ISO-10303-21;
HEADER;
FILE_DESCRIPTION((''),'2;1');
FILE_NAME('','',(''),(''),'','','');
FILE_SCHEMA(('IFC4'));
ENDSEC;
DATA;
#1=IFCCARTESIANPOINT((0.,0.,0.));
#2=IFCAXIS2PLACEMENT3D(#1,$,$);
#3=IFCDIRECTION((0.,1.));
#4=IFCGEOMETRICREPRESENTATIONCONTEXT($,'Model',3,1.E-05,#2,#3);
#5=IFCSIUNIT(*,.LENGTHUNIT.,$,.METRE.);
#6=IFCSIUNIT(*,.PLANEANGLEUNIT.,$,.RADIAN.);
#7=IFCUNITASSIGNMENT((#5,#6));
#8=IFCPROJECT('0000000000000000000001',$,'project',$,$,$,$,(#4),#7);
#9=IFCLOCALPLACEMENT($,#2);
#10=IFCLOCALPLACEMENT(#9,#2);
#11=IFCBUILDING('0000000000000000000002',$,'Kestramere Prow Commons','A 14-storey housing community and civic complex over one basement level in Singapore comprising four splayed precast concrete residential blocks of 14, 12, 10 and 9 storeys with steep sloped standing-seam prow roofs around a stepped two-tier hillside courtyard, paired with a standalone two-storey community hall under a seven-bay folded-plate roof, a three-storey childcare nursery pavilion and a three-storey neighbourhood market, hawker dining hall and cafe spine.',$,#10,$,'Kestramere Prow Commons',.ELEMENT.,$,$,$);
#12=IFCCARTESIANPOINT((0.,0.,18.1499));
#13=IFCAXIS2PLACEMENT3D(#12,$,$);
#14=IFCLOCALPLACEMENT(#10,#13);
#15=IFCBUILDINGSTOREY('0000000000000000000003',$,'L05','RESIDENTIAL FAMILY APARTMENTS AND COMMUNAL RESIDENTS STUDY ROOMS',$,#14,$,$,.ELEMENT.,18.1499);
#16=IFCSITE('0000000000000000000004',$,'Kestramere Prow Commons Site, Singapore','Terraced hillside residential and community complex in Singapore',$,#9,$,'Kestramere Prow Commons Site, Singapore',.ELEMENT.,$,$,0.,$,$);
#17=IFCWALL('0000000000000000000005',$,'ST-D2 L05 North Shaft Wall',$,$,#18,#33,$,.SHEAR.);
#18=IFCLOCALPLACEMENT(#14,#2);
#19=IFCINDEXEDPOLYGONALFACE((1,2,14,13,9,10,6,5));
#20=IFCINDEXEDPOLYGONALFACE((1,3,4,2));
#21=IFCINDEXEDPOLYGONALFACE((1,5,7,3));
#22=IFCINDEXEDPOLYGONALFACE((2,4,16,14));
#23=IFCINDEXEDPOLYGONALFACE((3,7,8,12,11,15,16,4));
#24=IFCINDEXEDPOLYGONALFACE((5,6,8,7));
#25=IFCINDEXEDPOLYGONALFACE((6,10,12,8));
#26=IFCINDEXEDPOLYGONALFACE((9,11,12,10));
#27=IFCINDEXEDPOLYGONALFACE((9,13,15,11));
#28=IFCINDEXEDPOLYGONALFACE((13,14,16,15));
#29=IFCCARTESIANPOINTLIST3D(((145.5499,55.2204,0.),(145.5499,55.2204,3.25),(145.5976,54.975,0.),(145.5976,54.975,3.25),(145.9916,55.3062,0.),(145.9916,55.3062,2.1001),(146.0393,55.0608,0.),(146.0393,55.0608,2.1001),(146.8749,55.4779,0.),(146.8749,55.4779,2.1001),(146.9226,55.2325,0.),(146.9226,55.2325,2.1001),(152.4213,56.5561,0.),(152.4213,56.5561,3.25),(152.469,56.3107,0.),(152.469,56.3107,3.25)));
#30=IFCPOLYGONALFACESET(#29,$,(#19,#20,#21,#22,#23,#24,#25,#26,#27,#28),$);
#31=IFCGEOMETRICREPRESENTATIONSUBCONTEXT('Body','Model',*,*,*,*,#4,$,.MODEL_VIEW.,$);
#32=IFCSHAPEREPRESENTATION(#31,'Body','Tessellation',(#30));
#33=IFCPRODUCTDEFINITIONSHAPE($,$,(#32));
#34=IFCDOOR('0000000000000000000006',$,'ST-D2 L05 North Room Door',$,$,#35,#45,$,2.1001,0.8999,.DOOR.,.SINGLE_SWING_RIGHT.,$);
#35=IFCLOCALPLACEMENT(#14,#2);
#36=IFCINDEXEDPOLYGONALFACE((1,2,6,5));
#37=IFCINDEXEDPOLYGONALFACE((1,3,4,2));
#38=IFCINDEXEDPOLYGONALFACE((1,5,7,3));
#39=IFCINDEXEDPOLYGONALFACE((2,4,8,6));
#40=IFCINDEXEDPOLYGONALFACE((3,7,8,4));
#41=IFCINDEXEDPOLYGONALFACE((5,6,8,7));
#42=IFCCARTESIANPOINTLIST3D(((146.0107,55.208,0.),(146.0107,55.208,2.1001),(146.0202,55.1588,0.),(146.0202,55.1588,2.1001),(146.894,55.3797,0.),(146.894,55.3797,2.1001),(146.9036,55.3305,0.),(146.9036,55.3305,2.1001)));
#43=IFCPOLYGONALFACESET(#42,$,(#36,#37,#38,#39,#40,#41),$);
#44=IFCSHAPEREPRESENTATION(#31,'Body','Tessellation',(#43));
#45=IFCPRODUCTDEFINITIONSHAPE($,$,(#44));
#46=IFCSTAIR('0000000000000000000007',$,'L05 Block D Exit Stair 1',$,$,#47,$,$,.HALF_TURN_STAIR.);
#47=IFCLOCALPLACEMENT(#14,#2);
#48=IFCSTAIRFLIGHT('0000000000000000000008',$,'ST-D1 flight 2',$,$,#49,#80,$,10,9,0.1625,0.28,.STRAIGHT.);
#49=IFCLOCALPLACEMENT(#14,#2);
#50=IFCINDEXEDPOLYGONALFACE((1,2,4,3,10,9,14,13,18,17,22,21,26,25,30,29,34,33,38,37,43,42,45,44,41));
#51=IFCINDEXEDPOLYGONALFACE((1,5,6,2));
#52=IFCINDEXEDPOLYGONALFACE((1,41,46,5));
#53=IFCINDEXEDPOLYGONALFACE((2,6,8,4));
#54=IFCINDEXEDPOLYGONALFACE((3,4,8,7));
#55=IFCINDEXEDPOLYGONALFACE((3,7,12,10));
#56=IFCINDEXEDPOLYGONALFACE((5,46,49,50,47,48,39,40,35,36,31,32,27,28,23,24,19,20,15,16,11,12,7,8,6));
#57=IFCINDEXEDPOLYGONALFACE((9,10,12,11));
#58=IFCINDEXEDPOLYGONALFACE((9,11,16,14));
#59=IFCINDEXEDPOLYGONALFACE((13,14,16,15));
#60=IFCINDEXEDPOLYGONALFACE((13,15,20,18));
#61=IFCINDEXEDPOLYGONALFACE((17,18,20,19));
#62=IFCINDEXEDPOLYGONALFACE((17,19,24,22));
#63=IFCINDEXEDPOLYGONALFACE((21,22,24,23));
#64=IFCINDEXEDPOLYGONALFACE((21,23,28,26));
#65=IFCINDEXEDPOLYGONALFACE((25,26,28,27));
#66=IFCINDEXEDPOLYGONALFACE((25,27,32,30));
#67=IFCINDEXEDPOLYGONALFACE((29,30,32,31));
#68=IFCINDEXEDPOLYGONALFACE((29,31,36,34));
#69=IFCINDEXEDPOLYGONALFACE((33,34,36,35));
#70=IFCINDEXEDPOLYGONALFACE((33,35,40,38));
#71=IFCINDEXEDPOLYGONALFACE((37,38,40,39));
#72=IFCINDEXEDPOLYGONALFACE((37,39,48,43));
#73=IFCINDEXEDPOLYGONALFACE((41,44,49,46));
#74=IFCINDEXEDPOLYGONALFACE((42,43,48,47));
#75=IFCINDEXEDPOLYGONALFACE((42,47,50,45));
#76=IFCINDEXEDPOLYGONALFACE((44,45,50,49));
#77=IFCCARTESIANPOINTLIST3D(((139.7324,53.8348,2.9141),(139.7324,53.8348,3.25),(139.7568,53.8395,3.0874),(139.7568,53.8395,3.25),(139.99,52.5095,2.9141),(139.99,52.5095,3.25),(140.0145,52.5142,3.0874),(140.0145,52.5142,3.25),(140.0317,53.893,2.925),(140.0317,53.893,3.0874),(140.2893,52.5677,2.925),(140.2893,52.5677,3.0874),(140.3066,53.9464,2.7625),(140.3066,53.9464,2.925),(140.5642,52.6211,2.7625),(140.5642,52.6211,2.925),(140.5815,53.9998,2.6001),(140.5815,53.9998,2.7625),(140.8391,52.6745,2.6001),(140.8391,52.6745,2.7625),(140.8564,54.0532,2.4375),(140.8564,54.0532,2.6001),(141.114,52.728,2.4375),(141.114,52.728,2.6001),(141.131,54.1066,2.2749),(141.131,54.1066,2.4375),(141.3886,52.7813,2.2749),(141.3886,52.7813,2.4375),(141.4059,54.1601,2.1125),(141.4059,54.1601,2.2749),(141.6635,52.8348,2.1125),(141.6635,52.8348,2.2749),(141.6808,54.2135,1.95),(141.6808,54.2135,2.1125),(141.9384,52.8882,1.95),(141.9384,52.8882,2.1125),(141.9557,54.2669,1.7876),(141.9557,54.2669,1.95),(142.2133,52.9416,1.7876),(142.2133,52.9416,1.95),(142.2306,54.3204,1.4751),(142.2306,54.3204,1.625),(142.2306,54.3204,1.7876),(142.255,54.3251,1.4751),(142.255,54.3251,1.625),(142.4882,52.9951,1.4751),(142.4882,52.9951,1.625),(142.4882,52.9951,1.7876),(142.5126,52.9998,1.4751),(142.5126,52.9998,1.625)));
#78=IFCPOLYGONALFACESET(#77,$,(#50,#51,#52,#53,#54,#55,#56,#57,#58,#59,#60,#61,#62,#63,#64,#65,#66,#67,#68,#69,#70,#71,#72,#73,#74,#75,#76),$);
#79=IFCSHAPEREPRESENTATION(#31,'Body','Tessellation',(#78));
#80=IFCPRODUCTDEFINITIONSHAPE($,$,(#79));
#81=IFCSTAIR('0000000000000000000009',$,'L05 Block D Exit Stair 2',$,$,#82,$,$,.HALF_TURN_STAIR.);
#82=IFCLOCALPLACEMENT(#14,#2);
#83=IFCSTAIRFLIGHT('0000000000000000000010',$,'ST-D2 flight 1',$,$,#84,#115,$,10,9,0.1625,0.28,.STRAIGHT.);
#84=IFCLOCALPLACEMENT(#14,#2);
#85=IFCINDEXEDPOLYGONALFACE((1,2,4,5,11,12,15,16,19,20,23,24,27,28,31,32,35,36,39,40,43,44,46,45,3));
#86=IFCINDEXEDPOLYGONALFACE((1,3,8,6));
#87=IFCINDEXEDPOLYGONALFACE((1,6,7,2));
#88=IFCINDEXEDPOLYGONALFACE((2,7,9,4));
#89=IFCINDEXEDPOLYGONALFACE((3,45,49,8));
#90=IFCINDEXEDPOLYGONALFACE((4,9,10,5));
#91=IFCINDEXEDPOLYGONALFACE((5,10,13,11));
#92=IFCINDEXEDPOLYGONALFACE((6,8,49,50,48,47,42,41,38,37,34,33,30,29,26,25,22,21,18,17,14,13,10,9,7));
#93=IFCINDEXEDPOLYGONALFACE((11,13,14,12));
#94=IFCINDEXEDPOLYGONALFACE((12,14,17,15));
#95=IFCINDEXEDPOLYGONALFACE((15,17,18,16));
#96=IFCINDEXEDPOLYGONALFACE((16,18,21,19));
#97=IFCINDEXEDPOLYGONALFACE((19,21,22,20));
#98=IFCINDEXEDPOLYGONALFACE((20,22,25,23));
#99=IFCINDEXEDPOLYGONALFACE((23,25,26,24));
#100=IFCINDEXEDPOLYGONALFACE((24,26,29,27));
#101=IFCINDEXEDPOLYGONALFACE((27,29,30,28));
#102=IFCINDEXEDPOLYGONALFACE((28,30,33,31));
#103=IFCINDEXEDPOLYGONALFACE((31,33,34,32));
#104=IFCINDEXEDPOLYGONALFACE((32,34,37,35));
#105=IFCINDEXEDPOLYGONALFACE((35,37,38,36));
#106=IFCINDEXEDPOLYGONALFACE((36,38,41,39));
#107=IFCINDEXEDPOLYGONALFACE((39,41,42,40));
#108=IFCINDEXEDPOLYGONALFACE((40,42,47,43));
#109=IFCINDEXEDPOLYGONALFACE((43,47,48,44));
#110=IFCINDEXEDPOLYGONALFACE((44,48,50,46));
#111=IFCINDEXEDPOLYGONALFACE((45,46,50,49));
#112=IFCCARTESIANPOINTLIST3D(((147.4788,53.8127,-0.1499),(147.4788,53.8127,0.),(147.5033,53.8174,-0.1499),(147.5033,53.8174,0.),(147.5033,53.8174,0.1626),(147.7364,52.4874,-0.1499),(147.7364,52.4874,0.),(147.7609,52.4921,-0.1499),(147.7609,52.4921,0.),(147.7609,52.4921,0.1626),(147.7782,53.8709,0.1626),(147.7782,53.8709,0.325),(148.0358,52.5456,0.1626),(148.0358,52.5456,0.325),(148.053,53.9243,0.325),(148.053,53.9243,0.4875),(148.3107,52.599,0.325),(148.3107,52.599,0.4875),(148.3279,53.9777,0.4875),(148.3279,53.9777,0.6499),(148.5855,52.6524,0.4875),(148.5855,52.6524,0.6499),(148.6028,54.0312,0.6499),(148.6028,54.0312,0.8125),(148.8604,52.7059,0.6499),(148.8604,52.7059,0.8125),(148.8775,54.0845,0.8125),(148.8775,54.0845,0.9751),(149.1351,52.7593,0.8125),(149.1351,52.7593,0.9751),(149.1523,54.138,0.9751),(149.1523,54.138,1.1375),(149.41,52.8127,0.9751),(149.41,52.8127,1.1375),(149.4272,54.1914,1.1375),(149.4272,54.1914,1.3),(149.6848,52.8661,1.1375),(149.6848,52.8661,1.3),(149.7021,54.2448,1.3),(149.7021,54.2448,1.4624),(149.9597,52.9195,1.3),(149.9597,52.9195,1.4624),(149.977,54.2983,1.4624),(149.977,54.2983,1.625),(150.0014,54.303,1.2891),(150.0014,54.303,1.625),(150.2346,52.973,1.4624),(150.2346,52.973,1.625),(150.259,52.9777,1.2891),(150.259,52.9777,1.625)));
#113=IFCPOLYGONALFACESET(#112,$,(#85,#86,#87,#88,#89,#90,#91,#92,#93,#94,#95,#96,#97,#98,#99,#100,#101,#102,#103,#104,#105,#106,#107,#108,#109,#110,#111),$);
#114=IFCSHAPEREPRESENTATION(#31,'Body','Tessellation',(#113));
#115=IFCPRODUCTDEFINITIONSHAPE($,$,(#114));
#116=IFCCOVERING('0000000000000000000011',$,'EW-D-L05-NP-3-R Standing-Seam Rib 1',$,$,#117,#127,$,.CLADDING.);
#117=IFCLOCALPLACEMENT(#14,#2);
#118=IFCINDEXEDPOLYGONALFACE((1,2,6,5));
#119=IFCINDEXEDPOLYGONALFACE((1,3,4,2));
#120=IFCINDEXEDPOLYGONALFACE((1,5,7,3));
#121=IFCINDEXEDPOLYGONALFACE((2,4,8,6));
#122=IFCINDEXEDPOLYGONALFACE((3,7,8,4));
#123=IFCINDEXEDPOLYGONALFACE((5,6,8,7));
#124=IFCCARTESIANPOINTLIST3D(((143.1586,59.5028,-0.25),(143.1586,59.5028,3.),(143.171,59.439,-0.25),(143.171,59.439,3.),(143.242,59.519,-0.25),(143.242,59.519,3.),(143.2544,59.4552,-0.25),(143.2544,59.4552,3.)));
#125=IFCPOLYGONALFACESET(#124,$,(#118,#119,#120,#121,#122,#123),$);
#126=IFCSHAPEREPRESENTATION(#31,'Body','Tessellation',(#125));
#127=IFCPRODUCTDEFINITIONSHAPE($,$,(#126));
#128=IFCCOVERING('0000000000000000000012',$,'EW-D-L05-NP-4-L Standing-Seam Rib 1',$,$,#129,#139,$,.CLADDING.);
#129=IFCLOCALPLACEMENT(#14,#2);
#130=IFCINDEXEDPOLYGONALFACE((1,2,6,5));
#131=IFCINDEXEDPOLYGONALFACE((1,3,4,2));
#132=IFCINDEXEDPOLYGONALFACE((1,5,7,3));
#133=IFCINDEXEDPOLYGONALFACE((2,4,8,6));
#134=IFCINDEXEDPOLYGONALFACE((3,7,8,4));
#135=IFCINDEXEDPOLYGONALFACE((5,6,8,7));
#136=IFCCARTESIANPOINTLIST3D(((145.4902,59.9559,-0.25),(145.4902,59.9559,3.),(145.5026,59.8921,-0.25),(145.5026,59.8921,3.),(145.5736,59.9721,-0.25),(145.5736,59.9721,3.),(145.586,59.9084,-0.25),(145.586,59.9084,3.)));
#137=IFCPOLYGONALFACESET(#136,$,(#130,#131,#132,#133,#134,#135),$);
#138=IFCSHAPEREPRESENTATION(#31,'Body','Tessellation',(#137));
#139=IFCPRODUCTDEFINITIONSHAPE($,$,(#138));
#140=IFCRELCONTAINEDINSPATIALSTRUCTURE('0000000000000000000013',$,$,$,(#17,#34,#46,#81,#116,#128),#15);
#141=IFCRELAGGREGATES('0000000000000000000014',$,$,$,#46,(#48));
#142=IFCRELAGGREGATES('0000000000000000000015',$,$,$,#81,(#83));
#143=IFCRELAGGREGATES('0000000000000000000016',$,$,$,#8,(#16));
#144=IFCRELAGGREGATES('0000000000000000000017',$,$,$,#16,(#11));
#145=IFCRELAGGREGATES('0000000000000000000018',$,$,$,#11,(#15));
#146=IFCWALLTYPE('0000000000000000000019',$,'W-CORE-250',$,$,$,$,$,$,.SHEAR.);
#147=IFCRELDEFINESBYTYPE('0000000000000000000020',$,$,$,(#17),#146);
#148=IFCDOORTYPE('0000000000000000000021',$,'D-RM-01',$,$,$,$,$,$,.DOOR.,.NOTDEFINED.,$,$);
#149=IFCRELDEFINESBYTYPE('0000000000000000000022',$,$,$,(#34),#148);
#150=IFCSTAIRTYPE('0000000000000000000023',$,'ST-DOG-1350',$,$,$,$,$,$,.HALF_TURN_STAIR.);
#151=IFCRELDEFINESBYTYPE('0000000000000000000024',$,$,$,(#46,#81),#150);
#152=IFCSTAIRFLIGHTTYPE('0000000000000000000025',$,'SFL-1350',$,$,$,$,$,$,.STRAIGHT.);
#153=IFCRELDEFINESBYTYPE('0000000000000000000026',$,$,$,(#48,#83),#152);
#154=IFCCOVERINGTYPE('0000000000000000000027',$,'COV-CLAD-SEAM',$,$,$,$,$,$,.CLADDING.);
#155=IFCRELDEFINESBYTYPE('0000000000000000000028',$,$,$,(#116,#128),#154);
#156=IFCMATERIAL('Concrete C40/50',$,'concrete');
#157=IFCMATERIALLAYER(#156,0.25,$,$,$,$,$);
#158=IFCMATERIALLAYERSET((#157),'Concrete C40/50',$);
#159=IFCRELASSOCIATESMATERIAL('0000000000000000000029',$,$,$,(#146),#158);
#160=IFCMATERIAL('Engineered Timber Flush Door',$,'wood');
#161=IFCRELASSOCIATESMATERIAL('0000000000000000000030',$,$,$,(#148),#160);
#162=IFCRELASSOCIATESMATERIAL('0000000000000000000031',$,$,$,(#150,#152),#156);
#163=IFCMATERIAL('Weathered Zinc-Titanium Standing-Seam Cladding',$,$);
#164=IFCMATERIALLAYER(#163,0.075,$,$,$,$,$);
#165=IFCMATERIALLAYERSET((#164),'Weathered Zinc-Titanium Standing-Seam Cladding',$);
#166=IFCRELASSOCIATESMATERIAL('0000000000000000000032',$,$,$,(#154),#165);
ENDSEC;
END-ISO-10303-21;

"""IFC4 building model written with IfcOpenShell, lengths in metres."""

from ifc_helpers import new_model, si_unit, direction, frame, frame_2d, origin, origin_2d, place, context, subcontext, project, spatial, polyline, rectangle, outline, extrude, material, layer, layer_set, type_object, element, fill, aggregate, save


model = new_model("IFC4")

# Units and contexts
model_context = context("Model", 3, precision=1e-05, world=origin(), true_north=direction((0.0, 1.0)))
body_context = subcontext(model_context, "Body", "Model", "MODEL_VIEW")
ifc_project = project(units=[si_unit("LENGTHUNIT", "METRE"), si_unit("PLANEANGLEUNIT", "RADIAN")], contexts=[model_context])

# Site, building, storey
site_placement = place(None, origin())
site = spatial("IfcSite", under=ifc_project, at=site_placement, Name="Kestramere Prow Commons Site, Singapore", Description="Terraced hillside residential and community complex in Singapore", LongName="Kestramere Prow Commons Site, Singapore", CompositionType="ELEMENT", RefElevation=0.0)
building_placement = place(site_placement, origin())
building = spatial("IfcBuilding", under=site, at=building_placement, Name="Kestramere Prow Commons", Description="A 14-storey housing community and civic complex over one basement level in Singapore comprising four splayed precast concrete residential blocks of 14, 12, 10 and 9 storeys with steep sloped standing-seam prow roofs around a stepped two-tier hillside courtyard, paired with a standalone two-storey community hall under a seven-bay folded-plate roof, a three-storey childcare nursery pavilion and a three-storey neighbourhood market, hawker dining hall and cafe spine.", LongName="Kestramere Prow Commons", CompositionType="ELEMENT")
storey_placement = place(building_placement, frame((0.0, 0.0, 18.1499)))
storey = spatial("IfcBuildingStorey", under=building, at=storey_placement, Name="L05", Description="RESIDENTIAL FAMILY APARTMENTS AND COMMUNAL RESIDENTS STUDY ROOMS", CompositionType="ELEMENT", Elevation=18.1499)

# Wall, opening, door
ifc_material_1 = material(Name="Concrete C40/50", Category="concrete")
ifc_layer_1 = layer(ifc_material_1, 0.25)
ifc_layer_set_1 = layer_set([ifc_layer_1], Name="Concrete C40/50")
wall_type_1 = type_object("IfcWallType", Name="W-CORE-250", PredefinedType="SHEAR", material=ifc_layer_set_1)
wall_1_placement = place(storey_placement, frame((145.5737, 55.0977, 0.0), z_axis=(0.0, 0.0, 1.0), x_axis=(0.981626, 0.190815, 0.0)))
wall_1 = element("IfcWall", 1, at=wall_1_placement, inside=storey, type_object=wall_type_1, Name="ST-D2 L05 North Shaft Wall", PredefinedType="SHEAR", context=body_context, shape_type="SweptSolid", body=[
    extrude(rectangle(XDim=7.0, YDim=0.25, at=frame_2d((3.5, 0.0))), origin(), (0.0, 0.0, 1.0), 3.25),
])
opening_placement = place(wall_1_placement, frame((0.45, 0.0, 0.0)))
opening = element("IfcOpeningElement", 2, at=opening_placement, cuts=wall_1, PredefinedType="OPENING", context=body_context, shape_type="SweptSolid", body=[
    extrude(rectangle(XDim=0.8999, YDim=2.1001, at=frame_2d((0.45, 1.05))), frame((0.0, 0.1399, 0.0), z_axis=(0.0, -1.0, 0.0), x_axis=(1.0, 0.0, 0.0)), (0.0, 0.0, 1.0), 0.28),
])
ifc_material_2 = material(Name="Engineered Timber Flush Door", Category="wood")
door_type = type_object("IfcDoorType", Name="D-RM-01", OperationType="NOTDEFINED", PredefinedType="DOOR", material=ifc_material_2)
door_placement = place(opening_placement, origin())
door = element("IfcDoor", 3, at=door_placement, inside=storey, type_object=door_type, Name="ST-D2 L05 North Room Door", OperationType="SINGLE_SWING_RIGHT", OverallHeight=2.1001, OverallWidth=0.8999, PredefinedType="DOOR", context=body_context, shape_type="SweptSolid", body=[
    extrude(rectangle(XDim=0.8999, YDim=2.1001, at=frame_2d((0.45, 1.05))), frame((0.0, 0.0249, 0.0), z_axis=(0.0, -1.0, 0.0), x_axis=(1.0, 0.0, 0.0)), (0.0, 0.0, 1.0), 0.05),
])
fill(opening, door)

# Stairs, stair flights
stair_type = type_object("IfcStairType", Name="ST-DOG-1350", PredefinedType="HALF_TURN_STAIR", material=ifc_material_1)
stair_1_placement = place(storey_placement, origin())
stair_1 = element("IfcStair", 4, at=stair_1_placement, inside=storey, type_object=stair_type, Name="L05 Block D Exit Stair 1", PredefinedType="HALF_TURN_STAIR")
stair_flight_type = type_object("IfcStairFlightType", Name="SFL-1350", PredefinedType="STRAIGHT", material=ifc_material_1)
stair_flight_1_placement = place(storey_placement, frame((142.3594, 53.6577, 1.625), z_axis=(0.0, 0.0, 1.0), x_axis=(-0.981627, -0.190809, 0.0)))
stair_flight_1 = element("IfcStairFlight", 5, at=stair_flight_1_placement, type_object=stair_flight_type, Name="ST-D1 flight 2", NumberOfRisers=10, NumberOfTreads=9, PredefinedType="STRAIGHT", RiserHeight=0.1625, TreadLength=0.28, context=body_context, shape_type="SweptSolid", body=[
    extrude(outline(polyline([(-0.0249, 0.0), (0.0, 0.0), (0.0, 0.1626), (0.28, 0.1626), (0.28, 0.325), (0.5601, 0.325), (0.5601, 0.4875), (0.8401, 0.4875), (0.8401, 0.6499), (1.1201, 0.6499), (1.1201, 0.8125), (1.3999, 0.8125), (1.3999, 0.9751), (1.6799, 0.9751), (1.6799, 1.1375), (1.96, 1.1375), (1.96, 1.3), (2.24, 1.3), (2.24, 1.4624), (2.52, 1.4624), (2.52, 1.625), (2.5449, 1.625), (2.5449, 1.2891), (0.0, -0.1499), (-0.0249, -0.1499), (-0.0249, 0.0)])), frame((0.0, 0.675, 0.0), z_axis=(0.0, -1.0, 0.0), x_axis=(1.0, 0.0, 0.0)), (0.0, 0.0, 1.0), 1.3501),
])
aggregate(stair_1, [stair_flight_1])
stair_2_placement = place(storey_placement, origin())
stair_2 = element("IfcStair", 6, at=stair_2_placement, inside=storey, type_object=stair_type, Name="L05 Block D Exit Stair 2", PredefinedType="HALF_TURN_STAIR")
stair_flight_2_placement = place(storey_placement, frame((147.6321, 53.1548, 0.0), z_axis=(0.0, 0.0, 1.0), x_axis=(0.981627, 0.190809, 0.0)))
stair_flight_2 = element("IfcStairFlight", 7, at=stair_flight_2_placement, type_object=stair_flight_type, Name="ST-D2 flight 1", NumberOfRisers=10, NumberOfTreads=9, PredefinedType="STRAIGHT", RiserHeight=0.1625, TreadLength=0.28, context=body_context, shape_type="SweptSolid", body=[
    extrude(outline(polyline([(-0.0249, 0.0), (0.0, 0.0), (0.0, 0.1626), (0.28, 0.1626), (0.28, 0.325), (0.5601, 0.325), (0.5601, 0.4875), (0.8401, 0.4875), (0.8401, 0.6499), (1.1201, 0.6499), (1.1201, 0.8125), (1.3999, 0.8125), (1.3999, 0.9751), (1.6799, 0.9751), (1.6799, 1.1375), (1.96, 1.1375), (1.96, 1.3), (2.24, 1.3), (2.24, 1.4624), (2.52, 1.4624), (2.52, 1.625), (2.5449, 1.625), (2.5449, 1.2891), (0.0, -0.1499), (-0.0249, -0.1499), (-0.0249, 0.0)])), frame((0.0, 0.675, 0.0), z_axis=(0.0, -1.0, 0.0), x_axis=(1.0, 0.0, 0.0)), (0.0, 0.0, 1.0), 1.3501),
])
aggregate(stair_2, [stair_flight_2])

# Coverings
ifc_material_3 = material(Name="Weathered Zinc-Titanium Standing-Seam Cladding")
ifc_layer_2 = layer(ifc_material_3, 0.075)
ifc_layer_set_2 = layer_set([ifc_layer_2], Name="Weathered Zinc-Titanium Standing-Seam Cladding")
covering_type = type_object("IfcCoveringType", Name="COV-CLAD-SEAM", PredefinedType="CLADDING", material=ifc_layer_set_2)
for number, where, z_axis, x_axis, name in (
    (8, (143.2065, 59.479, -0.25), (0.0, 0.0, 1.0), (0.981627, 0.190809, 0.0), "EW-D-L05-NP-3-R Standing-Seam Rib 1"),
    (9, (145.5381, 59.9321, -0.25), (0.0, 0.0, 1.0), (0.981627, 0.190809, 0.0), "EW-D-L05-NP-4-L Standing-Seam Rib 1"),
):
    element("IfcCovering", number, at=place(storey_placement, frame(where, z_axis=z_axis, x_axis=x_axis)), inside=storey, type_object=covering_type, Name=name, PredefinedType="CLADDING", context=body_context, shape_type="SweptSolid", body=[
        extrude(rectangle(XDim=0.085, YDim=0.0649, at=origin_2d()), origin(), (0.0, 0.0, 1.0), 3.25),
    ])

save(model, "model.ifc")
